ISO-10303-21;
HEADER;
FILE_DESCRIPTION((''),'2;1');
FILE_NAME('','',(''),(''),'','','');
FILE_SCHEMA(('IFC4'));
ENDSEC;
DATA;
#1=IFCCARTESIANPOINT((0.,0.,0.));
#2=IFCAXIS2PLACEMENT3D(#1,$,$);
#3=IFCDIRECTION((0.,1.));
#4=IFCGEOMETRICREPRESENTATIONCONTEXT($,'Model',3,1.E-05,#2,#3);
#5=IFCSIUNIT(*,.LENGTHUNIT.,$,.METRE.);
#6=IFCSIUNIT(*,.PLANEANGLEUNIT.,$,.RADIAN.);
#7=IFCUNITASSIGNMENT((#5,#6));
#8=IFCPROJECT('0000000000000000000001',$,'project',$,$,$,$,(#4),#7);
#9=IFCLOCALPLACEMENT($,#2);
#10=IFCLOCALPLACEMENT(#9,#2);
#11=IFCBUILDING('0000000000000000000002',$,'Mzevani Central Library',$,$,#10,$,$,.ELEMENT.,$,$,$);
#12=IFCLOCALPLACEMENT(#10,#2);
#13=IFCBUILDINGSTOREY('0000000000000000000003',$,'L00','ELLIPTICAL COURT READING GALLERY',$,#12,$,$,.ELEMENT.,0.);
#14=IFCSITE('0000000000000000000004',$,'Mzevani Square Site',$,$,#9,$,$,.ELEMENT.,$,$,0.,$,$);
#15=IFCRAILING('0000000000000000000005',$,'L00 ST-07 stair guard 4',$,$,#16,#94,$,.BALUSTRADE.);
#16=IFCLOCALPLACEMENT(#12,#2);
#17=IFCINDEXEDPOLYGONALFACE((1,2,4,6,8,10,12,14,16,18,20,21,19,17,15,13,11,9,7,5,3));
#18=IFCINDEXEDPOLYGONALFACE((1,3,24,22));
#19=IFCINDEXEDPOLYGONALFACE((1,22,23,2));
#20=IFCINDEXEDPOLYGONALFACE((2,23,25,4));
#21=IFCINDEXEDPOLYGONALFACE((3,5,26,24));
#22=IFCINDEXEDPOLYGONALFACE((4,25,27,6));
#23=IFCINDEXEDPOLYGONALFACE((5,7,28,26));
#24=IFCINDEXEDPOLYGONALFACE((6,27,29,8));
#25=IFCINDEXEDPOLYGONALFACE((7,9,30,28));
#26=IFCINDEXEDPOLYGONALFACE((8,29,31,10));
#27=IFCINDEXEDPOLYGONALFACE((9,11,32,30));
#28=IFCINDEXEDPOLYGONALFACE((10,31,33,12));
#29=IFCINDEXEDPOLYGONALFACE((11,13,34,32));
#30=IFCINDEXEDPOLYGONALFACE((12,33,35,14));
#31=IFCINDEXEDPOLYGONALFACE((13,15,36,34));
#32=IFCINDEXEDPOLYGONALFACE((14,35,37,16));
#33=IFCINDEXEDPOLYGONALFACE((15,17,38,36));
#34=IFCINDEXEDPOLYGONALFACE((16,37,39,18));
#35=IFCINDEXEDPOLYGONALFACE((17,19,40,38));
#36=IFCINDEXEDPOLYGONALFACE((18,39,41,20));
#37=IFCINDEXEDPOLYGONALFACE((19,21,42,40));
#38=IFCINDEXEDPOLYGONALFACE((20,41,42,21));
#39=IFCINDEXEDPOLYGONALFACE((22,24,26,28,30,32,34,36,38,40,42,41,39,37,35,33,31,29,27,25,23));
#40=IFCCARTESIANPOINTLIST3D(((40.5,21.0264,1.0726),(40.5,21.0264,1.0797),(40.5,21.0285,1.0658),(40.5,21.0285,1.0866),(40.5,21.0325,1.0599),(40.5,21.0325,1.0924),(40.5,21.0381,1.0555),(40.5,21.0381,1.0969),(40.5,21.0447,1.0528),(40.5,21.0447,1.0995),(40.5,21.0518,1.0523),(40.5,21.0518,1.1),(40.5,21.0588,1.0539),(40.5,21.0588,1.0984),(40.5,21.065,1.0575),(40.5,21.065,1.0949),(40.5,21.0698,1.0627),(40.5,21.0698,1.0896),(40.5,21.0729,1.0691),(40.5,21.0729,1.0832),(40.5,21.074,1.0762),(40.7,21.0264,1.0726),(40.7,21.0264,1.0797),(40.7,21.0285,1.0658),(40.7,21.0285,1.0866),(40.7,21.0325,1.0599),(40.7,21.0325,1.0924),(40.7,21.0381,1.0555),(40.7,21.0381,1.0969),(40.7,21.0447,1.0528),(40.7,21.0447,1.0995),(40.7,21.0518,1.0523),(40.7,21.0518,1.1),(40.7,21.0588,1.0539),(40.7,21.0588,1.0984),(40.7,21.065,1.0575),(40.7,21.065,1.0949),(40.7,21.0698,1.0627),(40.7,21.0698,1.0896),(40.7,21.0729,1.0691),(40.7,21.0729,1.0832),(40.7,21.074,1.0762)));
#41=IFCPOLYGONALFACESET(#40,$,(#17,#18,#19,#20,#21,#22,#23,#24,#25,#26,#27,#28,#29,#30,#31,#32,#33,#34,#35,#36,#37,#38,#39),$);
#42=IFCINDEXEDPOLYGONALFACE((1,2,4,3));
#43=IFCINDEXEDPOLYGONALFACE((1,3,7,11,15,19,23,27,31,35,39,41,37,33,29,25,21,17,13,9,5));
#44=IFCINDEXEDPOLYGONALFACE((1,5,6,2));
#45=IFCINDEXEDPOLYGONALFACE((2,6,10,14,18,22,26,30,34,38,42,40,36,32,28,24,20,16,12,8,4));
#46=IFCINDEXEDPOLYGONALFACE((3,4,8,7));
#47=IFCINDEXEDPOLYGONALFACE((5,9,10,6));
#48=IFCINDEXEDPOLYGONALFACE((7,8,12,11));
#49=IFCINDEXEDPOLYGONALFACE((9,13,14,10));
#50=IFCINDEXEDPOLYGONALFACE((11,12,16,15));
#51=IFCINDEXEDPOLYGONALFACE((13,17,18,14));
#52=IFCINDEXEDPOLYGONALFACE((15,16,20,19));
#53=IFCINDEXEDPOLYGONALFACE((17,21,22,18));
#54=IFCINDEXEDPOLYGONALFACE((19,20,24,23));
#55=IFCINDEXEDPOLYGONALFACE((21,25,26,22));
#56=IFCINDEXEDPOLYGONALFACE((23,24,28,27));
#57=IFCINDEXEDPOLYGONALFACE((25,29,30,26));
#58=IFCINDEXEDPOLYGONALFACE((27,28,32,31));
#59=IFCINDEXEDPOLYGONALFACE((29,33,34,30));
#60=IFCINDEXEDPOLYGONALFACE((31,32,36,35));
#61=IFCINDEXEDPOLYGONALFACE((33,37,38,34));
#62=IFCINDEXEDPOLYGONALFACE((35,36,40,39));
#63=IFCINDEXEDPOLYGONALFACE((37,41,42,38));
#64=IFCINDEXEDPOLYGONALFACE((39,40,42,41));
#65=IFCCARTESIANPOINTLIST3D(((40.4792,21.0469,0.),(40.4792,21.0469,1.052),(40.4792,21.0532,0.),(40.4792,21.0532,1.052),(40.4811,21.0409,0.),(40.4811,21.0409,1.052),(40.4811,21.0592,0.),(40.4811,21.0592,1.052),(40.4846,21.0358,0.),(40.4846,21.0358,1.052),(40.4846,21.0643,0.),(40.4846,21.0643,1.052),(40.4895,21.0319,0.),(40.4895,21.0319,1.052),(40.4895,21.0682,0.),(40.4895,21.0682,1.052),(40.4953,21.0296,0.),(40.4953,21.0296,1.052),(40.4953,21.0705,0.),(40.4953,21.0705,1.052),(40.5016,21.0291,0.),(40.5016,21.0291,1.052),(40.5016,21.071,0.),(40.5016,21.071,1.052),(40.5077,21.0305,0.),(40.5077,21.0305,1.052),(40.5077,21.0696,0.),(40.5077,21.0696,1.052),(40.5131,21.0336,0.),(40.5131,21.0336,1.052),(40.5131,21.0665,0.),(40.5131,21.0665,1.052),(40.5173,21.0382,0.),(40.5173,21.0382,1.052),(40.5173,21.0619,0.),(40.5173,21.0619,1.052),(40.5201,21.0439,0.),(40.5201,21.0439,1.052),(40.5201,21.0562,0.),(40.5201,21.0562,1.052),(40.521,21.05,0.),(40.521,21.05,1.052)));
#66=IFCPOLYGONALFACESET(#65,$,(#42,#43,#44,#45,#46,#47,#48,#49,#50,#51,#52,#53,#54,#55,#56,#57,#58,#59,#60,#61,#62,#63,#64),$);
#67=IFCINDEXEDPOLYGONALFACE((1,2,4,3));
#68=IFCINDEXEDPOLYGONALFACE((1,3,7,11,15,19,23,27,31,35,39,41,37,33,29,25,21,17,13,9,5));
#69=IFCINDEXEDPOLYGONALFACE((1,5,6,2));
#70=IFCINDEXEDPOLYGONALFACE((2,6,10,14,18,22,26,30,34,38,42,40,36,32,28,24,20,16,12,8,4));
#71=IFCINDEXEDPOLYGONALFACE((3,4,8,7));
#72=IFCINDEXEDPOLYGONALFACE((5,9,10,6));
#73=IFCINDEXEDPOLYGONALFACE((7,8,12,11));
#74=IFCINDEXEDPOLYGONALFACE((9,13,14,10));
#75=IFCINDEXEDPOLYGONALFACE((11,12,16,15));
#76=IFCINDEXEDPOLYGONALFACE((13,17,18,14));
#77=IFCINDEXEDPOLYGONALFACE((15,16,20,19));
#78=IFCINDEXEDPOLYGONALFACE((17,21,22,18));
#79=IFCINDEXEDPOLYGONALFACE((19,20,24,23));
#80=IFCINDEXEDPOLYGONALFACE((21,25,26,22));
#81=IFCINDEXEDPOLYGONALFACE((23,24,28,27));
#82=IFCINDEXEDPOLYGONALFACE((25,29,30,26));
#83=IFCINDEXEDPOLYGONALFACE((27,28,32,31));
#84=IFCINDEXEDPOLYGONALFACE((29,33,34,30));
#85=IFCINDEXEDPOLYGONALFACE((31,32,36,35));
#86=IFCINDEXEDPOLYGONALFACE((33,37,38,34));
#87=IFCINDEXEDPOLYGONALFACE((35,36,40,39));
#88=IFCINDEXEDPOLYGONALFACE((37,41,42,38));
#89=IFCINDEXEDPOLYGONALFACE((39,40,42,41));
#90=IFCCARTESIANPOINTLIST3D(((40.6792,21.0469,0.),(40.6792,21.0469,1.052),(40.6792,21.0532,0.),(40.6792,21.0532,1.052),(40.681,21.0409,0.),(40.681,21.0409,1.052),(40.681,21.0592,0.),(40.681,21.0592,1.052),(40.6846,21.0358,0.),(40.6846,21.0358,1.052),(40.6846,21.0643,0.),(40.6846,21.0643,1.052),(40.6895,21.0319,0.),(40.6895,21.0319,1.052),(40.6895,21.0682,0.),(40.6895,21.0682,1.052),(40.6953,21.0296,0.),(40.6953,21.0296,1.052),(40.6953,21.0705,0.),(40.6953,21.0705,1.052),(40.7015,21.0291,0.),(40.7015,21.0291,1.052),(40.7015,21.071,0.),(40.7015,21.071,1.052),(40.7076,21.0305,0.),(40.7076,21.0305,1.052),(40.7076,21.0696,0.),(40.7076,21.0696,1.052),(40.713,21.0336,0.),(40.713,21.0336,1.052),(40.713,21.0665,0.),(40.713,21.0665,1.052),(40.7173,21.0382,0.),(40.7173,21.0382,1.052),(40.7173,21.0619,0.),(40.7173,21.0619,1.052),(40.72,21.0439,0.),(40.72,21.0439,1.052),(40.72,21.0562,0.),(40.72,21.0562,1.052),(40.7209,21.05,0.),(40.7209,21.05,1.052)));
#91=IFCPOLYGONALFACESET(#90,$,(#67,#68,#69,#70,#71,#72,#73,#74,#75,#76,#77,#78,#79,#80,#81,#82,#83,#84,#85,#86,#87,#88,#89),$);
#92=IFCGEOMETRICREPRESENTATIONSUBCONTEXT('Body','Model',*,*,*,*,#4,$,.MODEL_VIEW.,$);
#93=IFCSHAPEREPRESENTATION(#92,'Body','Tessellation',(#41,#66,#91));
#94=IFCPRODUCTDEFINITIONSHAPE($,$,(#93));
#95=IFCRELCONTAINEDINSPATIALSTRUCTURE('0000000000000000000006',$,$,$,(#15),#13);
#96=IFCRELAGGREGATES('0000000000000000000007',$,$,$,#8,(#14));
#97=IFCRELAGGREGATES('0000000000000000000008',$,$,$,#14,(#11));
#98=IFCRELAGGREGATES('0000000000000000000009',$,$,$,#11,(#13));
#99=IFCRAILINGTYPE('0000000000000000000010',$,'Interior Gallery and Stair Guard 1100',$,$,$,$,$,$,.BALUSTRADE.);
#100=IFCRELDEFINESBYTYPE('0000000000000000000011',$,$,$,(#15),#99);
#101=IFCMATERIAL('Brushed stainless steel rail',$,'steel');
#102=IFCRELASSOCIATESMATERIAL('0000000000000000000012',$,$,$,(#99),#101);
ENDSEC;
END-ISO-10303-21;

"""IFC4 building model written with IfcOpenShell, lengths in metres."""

from ifc_helpers import new_model, si_unit, direction, frame, origin, origin_2d, place, context, subcontext, project, spatial, circle, extrude, material, type_object, element, save


model = new_model("IFC4")

# Units and contexts
model_context = context("Model", 3, precision=1e-05, world=origin(), true_north=direction((0.0, 1.0)))
body_context = subcontext(model_context, "Body", "Model", "MODEL_VIEW")
ifc_project = project(units=[si_unit("LENGTHUNIT", "METRE"), si_unit("PLANEANGLEUNIT", "RADIAN")], contexts=[model_context])

# Site, building, storey
site_placement = place(None, origin())
site = spatial("IfcSite", under=ifc_project, at=site_placement, Name="Mzevani Square Site", CompositionType="ELEMENT", RefElevation=0.0)
building_placement = place(site_placement, origin())
building = spatial("IfcBuilding", under=site, at=building_placement, Name="Mzevani Central Library", CompositionType="ELEMENT")
storey_placement = place(building_placement, origin())
storey = spatial("IfcBuildingStorey", under=building, at=storey_placement, Name="L00", Description="ELLIPTICAL COURT READING GALLERY", CompositionType="ELEMENT", Elevation=0.0)

# Railing
ifc_material_1 = material(Name="Brushed stainless steel rail", Category="steel")
railing_type = type_object("IfcRailingType", Name="Interior Gallery and Stair Guard 1100", PredefinedType="BALUSTRADE", material=ifc_material_1)
railing_placement = place(storey_placement, frame((40.5, 21.05, 0.0)))
element("IfcRailing", 1, at=railing_placement, inside=storey, type_object=railing_type, Name="L00 ST-07 stair guard 4", PredefinedType="BALUSTRADE", context=body_context, shape_type="SweptSolid", body=[
    extrude(circle(Radius=0.0239, at=origin_2d()), frame((0.0, 0.0, 1.0762), z_axis=(1.0, 0.0, 0.0), x_axis=(0.0, 1.0, 0.0)), (0.0, 0.0, 1.0), 0.2),
    extrude(circle(Radius=0.021, at=origin_2d()), origin(), (0.0, 0.0, 1.0), 1.052),
    extrude(circle(Radius=0.021, at=origin_2d()), frame((0.2, 0.0, 0.0)), (0.0, 0.0, 1.0), 1.052),
])

save(model, "model.ifc")
